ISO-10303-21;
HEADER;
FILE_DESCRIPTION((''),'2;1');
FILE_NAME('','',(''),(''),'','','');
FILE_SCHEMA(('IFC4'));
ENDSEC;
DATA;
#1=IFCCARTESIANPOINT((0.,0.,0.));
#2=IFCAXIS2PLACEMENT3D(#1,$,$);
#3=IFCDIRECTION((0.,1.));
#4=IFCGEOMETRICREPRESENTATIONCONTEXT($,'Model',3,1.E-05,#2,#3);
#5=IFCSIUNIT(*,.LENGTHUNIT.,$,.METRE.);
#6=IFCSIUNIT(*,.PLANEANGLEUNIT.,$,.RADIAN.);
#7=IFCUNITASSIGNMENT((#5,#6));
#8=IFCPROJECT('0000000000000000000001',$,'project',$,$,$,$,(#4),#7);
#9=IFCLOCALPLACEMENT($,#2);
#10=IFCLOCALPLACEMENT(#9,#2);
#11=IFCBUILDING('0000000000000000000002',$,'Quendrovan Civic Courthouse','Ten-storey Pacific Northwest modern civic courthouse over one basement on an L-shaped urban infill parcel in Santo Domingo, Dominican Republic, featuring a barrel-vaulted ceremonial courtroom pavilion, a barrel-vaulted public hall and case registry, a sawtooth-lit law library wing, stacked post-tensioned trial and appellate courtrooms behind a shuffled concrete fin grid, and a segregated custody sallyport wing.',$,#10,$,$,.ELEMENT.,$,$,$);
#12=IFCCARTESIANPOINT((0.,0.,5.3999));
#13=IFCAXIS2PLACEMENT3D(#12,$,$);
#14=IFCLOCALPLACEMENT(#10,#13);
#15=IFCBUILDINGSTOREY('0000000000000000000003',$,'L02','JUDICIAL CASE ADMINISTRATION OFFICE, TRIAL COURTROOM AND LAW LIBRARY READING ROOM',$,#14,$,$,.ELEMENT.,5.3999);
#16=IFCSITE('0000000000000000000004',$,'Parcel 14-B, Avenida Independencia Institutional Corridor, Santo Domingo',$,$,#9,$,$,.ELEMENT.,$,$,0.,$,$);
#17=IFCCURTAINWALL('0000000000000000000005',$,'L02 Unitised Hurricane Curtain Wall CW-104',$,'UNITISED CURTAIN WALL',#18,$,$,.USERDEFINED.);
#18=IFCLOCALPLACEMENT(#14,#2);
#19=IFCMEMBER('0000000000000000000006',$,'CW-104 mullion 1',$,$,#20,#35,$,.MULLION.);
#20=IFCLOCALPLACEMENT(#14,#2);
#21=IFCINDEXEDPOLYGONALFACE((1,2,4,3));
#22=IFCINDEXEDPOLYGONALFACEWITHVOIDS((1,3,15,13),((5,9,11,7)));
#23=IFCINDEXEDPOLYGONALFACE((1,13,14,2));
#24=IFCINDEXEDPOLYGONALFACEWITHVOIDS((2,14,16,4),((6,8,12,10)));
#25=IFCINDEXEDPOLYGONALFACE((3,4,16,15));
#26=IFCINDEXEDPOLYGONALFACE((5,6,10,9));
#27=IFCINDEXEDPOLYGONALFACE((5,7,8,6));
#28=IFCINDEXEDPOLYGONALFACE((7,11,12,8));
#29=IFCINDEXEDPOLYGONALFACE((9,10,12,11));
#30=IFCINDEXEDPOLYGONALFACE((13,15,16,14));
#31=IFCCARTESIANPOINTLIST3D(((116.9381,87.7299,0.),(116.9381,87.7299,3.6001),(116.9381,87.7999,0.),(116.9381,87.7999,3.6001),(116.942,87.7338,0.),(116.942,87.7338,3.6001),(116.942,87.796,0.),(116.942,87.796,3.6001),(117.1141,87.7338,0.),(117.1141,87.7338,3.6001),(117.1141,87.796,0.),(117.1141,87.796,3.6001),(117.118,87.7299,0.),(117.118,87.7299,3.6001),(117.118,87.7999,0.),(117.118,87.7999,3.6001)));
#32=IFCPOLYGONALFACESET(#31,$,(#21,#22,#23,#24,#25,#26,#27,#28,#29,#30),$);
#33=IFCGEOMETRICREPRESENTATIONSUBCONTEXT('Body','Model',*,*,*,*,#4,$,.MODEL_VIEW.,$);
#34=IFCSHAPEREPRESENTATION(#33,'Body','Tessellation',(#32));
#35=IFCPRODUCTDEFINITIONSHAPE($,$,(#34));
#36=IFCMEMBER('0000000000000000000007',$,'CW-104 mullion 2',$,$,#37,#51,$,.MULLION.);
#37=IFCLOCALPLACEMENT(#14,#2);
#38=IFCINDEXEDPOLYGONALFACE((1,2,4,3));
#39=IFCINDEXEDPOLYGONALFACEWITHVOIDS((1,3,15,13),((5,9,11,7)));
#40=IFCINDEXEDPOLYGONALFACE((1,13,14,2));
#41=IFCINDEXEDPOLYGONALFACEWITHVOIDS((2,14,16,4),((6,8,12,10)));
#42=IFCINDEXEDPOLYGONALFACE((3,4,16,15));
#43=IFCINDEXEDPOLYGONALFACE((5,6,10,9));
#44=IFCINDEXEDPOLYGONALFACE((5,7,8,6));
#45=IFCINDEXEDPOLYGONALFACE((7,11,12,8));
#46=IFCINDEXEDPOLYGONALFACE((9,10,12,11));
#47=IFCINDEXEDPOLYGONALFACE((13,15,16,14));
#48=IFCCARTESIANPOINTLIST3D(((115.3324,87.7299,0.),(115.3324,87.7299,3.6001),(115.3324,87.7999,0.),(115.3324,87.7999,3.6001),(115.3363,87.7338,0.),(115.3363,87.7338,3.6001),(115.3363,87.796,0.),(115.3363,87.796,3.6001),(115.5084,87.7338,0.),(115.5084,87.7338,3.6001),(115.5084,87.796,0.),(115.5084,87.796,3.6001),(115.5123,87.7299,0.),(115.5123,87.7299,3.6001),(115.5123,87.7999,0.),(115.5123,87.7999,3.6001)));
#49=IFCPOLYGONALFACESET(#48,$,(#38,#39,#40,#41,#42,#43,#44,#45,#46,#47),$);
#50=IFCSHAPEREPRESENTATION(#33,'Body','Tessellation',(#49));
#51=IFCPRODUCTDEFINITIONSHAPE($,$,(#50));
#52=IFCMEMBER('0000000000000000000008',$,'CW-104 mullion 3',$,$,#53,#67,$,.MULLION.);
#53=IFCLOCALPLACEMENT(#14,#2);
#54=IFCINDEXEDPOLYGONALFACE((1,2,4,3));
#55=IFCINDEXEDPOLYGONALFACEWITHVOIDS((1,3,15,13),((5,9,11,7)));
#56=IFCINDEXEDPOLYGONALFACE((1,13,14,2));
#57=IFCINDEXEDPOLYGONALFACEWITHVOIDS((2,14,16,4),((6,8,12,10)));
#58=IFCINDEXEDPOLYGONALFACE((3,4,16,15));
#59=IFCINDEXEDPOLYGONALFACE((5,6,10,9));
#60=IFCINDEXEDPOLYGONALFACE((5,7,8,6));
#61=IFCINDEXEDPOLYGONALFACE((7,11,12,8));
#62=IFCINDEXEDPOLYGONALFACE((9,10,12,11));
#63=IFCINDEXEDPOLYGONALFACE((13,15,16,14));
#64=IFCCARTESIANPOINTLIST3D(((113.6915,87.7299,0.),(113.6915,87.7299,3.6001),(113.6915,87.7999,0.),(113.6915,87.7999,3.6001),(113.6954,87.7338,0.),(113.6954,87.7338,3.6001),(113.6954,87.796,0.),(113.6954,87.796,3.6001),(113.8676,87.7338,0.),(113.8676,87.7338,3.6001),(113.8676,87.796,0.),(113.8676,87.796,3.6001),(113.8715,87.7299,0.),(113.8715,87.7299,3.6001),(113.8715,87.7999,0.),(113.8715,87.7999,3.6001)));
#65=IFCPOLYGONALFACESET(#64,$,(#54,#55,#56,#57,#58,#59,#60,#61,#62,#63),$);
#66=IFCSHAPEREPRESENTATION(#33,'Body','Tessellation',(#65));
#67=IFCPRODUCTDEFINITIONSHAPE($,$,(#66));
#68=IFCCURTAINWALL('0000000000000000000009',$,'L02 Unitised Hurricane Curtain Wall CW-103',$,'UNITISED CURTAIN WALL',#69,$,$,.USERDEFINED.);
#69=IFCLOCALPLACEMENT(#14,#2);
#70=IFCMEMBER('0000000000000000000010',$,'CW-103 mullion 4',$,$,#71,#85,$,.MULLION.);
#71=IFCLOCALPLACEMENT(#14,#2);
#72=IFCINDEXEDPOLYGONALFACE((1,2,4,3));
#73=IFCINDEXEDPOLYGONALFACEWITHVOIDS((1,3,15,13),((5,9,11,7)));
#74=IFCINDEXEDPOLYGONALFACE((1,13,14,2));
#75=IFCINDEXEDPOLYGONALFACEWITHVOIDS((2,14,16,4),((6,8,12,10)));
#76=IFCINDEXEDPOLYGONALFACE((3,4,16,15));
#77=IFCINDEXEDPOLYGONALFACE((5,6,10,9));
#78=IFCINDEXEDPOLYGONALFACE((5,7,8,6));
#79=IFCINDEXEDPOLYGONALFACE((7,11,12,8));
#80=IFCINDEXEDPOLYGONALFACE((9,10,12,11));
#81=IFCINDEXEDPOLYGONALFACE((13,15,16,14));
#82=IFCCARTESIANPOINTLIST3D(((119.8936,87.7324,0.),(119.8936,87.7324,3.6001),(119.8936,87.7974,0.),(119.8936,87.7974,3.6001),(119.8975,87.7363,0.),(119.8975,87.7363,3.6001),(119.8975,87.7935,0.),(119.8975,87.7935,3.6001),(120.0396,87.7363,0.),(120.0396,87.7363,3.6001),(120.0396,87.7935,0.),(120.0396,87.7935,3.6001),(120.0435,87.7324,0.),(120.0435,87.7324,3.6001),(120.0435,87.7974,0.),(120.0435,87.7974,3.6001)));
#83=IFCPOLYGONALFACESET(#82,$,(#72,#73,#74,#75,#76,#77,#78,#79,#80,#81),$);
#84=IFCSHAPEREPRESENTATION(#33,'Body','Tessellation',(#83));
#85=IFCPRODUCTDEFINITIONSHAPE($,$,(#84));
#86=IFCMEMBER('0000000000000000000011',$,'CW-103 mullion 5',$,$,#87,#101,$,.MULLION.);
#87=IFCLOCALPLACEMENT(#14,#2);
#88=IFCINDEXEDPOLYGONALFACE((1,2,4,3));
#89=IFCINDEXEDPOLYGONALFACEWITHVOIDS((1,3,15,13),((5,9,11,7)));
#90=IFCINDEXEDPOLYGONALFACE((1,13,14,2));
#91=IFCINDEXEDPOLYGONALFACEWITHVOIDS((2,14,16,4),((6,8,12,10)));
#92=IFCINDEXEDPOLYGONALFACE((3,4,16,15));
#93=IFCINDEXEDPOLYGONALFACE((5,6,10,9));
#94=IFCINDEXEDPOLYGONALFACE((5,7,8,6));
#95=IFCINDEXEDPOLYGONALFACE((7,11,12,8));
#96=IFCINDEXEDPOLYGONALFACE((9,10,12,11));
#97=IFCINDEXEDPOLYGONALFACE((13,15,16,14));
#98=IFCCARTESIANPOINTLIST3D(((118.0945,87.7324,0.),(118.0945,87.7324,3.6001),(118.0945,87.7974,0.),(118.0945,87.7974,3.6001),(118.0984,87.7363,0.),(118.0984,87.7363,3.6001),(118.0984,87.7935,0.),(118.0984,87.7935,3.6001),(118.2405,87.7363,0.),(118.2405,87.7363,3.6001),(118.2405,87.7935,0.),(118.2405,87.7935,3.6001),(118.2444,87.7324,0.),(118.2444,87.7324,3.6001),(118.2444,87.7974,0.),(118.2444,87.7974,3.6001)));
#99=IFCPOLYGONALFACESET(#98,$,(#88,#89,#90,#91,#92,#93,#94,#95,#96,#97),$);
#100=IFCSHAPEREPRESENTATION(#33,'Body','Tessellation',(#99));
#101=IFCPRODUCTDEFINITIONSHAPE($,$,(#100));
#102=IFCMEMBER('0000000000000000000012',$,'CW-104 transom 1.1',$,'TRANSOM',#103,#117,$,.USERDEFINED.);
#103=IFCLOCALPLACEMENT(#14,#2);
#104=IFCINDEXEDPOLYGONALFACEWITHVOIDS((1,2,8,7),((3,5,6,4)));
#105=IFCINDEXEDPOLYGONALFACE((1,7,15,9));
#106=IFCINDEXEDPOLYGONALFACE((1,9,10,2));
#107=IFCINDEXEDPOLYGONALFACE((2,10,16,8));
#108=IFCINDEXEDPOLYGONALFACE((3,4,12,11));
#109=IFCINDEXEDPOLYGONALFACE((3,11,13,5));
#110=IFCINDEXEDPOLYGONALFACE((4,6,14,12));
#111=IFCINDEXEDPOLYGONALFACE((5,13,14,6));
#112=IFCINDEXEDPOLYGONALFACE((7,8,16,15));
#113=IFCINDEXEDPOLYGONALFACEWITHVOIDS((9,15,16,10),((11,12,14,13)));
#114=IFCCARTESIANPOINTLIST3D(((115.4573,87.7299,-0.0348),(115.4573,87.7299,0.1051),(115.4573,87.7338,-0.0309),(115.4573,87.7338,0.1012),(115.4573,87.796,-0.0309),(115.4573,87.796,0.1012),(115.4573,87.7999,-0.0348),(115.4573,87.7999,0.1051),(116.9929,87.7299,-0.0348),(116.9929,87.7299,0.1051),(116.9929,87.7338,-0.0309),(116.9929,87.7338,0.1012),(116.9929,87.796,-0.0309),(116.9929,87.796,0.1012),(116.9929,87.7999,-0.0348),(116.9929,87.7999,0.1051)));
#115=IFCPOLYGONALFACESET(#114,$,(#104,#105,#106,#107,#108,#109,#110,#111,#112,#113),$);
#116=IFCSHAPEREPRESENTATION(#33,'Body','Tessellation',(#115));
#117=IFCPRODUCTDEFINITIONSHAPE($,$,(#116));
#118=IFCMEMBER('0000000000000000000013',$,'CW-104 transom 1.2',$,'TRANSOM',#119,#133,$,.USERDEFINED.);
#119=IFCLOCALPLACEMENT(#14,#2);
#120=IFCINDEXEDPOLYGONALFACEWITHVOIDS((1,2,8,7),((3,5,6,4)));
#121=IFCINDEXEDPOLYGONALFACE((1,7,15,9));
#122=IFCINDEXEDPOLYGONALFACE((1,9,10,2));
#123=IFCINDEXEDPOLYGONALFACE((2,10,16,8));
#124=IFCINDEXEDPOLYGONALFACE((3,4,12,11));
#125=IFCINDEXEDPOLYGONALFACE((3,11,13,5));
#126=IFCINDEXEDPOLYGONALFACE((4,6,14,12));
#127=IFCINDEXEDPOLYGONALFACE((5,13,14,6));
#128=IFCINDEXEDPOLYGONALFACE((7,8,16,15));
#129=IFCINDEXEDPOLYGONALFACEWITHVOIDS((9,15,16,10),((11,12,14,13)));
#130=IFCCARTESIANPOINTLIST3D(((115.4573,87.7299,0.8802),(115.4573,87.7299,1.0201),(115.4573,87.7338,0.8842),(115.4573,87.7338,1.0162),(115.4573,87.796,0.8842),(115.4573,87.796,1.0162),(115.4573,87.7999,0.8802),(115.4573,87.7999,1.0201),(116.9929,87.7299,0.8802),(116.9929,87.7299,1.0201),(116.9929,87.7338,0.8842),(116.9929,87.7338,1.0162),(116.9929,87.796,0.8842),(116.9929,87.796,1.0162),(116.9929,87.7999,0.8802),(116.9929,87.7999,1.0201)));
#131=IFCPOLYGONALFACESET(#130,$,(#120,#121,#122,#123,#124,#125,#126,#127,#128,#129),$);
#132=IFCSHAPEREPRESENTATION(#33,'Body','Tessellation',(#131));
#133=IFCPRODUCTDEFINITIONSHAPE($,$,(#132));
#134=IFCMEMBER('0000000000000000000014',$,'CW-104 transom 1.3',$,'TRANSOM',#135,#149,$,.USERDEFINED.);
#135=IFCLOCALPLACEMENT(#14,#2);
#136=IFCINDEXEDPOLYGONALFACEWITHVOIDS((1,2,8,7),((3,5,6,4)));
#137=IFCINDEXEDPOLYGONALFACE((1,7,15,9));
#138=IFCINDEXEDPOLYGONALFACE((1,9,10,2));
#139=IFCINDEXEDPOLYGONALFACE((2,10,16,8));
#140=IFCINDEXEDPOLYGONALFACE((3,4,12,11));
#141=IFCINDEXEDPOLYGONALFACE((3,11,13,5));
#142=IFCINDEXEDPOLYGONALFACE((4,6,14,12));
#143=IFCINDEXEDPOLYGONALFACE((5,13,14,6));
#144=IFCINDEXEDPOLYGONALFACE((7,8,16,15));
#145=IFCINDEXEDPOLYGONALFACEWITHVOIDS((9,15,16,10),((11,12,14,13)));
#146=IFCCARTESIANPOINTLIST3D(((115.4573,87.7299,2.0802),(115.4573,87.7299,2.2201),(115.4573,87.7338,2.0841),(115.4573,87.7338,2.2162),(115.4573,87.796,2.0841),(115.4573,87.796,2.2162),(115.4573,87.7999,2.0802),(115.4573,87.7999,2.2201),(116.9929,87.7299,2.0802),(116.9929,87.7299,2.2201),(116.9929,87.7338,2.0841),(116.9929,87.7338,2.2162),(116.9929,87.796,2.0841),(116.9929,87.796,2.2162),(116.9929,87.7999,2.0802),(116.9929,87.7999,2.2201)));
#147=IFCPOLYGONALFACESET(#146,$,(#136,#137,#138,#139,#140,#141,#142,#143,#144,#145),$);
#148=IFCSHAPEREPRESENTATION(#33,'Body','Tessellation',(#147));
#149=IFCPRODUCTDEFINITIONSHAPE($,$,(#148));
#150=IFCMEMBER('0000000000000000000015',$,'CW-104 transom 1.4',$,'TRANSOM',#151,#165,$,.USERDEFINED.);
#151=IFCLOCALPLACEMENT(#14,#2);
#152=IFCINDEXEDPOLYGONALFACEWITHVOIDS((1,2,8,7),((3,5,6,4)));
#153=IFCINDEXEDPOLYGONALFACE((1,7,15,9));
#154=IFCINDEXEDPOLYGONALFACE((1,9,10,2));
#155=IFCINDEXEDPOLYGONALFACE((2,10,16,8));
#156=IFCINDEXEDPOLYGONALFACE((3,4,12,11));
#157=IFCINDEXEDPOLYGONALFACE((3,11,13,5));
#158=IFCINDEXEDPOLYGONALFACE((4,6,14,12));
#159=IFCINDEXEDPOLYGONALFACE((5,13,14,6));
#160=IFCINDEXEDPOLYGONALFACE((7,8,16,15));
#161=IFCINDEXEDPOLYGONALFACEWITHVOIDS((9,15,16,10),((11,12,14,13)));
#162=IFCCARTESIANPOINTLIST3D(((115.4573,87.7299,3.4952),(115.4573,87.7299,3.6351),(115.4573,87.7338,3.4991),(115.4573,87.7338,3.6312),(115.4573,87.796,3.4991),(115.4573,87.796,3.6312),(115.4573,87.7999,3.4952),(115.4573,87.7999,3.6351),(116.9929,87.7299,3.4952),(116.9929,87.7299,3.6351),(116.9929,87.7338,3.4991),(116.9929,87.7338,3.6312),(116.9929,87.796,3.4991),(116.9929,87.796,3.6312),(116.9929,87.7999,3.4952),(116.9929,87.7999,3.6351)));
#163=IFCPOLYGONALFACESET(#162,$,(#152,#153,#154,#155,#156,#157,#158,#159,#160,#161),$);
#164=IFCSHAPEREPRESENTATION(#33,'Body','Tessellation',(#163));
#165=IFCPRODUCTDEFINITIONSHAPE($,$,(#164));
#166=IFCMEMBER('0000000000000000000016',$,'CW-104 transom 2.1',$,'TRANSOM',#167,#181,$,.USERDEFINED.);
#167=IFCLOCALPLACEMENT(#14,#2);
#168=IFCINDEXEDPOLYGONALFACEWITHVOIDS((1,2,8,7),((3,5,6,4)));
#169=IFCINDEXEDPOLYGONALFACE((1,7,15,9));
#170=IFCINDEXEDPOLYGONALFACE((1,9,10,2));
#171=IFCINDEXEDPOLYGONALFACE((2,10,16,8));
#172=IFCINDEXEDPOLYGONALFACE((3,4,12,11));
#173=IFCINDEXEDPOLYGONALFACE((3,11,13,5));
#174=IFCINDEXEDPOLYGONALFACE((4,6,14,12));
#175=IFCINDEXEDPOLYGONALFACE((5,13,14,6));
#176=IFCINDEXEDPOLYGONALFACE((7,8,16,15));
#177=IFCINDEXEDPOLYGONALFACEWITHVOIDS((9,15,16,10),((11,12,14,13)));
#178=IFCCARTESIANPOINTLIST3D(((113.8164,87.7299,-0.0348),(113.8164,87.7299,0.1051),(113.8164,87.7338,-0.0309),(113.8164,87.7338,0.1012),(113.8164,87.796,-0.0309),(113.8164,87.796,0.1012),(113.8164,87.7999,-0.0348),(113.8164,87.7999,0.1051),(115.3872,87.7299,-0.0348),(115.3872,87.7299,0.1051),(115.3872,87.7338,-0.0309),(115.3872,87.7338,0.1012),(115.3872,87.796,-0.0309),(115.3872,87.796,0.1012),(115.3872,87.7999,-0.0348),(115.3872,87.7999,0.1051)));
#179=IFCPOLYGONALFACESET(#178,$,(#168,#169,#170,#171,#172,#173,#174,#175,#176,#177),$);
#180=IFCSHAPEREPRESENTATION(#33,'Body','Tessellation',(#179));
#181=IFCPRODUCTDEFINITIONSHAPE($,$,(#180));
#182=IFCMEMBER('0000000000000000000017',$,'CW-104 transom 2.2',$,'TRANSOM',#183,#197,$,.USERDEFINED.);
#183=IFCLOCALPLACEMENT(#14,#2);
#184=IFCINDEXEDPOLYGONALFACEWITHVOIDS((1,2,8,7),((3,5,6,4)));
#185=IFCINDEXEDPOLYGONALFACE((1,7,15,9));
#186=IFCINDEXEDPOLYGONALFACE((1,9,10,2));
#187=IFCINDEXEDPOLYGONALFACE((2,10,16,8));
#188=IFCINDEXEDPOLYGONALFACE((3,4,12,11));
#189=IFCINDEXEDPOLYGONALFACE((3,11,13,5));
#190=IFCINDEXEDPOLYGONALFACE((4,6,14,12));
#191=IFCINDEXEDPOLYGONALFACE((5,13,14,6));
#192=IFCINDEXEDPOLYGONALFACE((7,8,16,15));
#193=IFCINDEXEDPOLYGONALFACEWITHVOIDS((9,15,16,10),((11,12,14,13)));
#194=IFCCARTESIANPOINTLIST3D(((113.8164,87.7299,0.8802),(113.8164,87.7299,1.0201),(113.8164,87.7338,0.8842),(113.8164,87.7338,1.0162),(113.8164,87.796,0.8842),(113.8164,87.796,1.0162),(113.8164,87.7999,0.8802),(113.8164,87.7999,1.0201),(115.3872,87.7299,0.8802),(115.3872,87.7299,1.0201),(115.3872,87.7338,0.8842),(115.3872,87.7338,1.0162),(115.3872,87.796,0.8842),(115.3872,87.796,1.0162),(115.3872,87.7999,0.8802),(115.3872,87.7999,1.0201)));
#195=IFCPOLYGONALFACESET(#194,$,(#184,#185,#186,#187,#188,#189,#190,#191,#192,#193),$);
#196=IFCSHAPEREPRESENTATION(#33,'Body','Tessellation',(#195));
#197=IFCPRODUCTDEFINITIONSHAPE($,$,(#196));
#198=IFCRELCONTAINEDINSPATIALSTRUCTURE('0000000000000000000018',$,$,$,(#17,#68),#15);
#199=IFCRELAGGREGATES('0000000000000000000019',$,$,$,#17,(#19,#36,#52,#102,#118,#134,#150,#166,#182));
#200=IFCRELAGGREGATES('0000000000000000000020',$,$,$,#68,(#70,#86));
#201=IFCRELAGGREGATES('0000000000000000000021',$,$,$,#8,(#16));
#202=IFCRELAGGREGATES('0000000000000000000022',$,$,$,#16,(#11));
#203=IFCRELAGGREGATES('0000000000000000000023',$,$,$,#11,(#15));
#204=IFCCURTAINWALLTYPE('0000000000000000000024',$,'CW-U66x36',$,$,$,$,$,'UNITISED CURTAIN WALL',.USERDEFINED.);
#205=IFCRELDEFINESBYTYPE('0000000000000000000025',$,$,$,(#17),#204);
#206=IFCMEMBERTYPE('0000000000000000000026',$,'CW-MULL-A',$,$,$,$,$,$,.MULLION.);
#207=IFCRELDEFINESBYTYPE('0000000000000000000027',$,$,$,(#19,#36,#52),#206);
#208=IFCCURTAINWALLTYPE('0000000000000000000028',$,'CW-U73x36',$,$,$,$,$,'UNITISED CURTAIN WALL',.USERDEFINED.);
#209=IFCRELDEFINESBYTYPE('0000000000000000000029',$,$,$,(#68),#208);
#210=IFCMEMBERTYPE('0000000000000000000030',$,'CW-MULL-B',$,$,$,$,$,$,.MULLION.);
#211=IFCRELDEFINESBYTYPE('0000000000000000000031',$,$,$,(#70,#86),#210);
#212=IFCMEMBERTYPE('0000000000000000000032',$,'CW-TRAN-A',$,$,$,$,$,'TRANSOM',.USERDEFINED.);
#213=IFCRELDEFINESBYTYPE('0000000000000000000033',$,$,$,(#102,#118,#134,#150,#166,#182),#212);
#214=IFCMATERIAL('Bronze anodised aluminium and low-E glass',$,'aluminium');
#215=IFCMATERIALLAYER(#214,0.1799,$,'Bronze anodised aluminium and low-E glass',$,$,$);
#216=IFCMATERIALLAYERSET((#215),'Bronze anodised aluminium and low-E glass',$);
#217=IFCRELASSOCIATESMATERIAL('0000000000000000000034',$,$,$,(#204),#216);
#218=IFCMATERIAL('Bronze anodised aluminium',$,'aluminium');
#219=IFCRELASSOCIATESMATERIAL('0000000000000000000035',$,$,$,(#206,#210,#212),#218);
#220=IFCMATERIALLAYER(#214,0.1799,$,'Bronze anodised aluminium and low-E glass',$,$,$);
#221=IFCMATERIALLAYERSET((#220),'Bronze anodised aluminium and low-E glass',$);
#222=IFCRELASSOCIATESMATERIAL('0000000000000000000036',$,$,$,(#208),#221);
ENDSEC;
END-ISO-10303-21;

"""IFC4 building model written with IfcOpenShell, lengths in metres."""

from ifc_helpers import new_model, si_unit, direction, frame, origin, origin_2d, place, context, subcontext, project, spatial, hollow_rectangle, extrude, material, layer, layer_set, material_profile, profile_set, type_object, element, aggregate, save


model = new_model("IFC4")

# Units and contexts
model_context = context("Model", 3, precision=1e-05, world=origin(), true_north=direction((0.0, 1.0)))
body_context = subcontext(model_context, "Body", "Model", "MODEL_VIEW")
ifc_project = project(units=[si_unit("LENGTHUNIT", "METRE"), si_unit("PLANEANGLEUNIT", "RADIAN")], contexts=[model_context])

# Site, building, storey
site_placement = place(None, origin())
site = spatial("IfcSite", under=ifc_project, at=site_placement, Name="Parcel 14-B, Avenida Independencia Institutional Corridor, Santo Domingo", CompositionType="ELEMENT", RefElevation=0.0)
building_placement = place(site_placement, origin())
building = spatial("IfcBuilding", under=site, at=building_placement, Name="Quendrovan Civic Courthouse", Description="Ten-storey Pacific Northwest modern civic courthouse over one basement on an L-shaped urban infill parcel in Santo Domingo, Dominican Republic, featuring a barrel-vaulted ceremonial courtroom pavilion, a barrel-vaulted public hall and case registry, a sawtooth-lit law library wing, stacked post-tensioned trial and appellate courtrooms behind a shuffled concrete fin grid, and a segregated custody sallyport wing.", CompositionType="ELEMENT")
storey_placement = place(building_placement, frame((0.0, 0.0, 5.3999)))
storey = spatial("IfcBuildingStorey", under=building, at=storey_placement, Name="L02", Description="JUDICIAL CASE ADMINISTRATION OFFICE, TRIAL COURTROOM AND LAW LIBRARY READING ROOM", CompositionType="ELEMENT", Elevation=5.3999)

# Curtain walls, members
ifc_material_1 = material(Name="Bronze anodised aluminium and low-E glass", Category="aluminium")
ifc_layer_1 = layer(ifc_material_1, 0.1799, Name="Bronze anodised aluminium and low-E glass")
ifc_layer_set_1 = layer_set([ifc_layer_1], Name="Bronze anodised aluminium and low-E glass")
curtain_wall_type_1 = type_object("IfcCurtainWallType", Name="CW-U66x36", ElementType="UNITISED CURTAIN WALL", PredefinedType="USERDEFINED", material=ifc_layer_set_1)
curtain_wall_1_placement = place(storey_placement, origin())
curtain_wall_1 = element("IfcCurtainWall", 1, at=curtain_wall_1_placement, inside=storey, type_object=curtain_wall_type_1, Name="L02 Unitised Hurricane Curtain Wall CW-104", ObjectType="UNITISED CURTAIN WALL", PredefinedType="USERDEFINED")
ifc_material_2 = material(Name="Bronze anodised aluminium", Category="aluminium")
ifc_material_profile_1 = material_profile(ifc_material_2, hollow_rectangle(XDim=0.0701, YDim=0.1799, WallThickness=0.0039, at=origin_2d()), Name="CW-MULL-70x180")
ifc_profile_set_1 = profile_set([ifc_material_profile_1], Name="Bronze anodised aluminium")
member_type_1 = type_object("IfcMemberType", Name="CW-MULL-A", PredefinedType="MULLION", material=ifc_profile_set_1)
member_1_placement = place(storey_placement, frame((117.0281, 87.7649, 0.0), z_axis=(0.0, 0.0, 1.0), x_axis=(0.0, -1.0, 0.0)))
member_1 = element("IfcMember", 2, at=member_1_placement, type_object=member_type_1, Name="CW-104 mullion 1", PredefinedType="MULLION", context=body_context, shape_type="SweptSolid", body=[
    extrude(hollow_rectangle(XDim=0.0701, YDim=0.1799, WallThickness=0.0039, at=origin_2d()), origin(), (0.0, 0.0, 1.0), 3.6001),
])
member_2_placement = place(storey_placement, frame((115.4224, 87.7649, 0.0), z_axis=(0.0, 0.0, 1.0), x_axis=(0.0, -1.0, 0.0)))
member_2 = element("IfcMember", 3, at=member_2_placement, type_object=member_type_1, Name="CW-104 mullion 2", PredefinedType="MULLION", context=body_context, shape_type="SweptSolid", body=[
    extrude(hollow_rectangle(XDim=0.0701, YDim=0.1799, WallThickness=0.0039, at=origin_2d()), origin(), (0.0, 0.0, 1.0), 3.6001),
])
member_3_placement = place(storey_placement, frame((113.7815, 87.7649, 0.0), z_axis=(0.0, 0.0, 1.0), x_axis=(0.0, -1.0, 0.0)))
member_3 = element("IfcMember", 4, at=member_3_placement, type_object=member_type_1, Name="CW-104 mullion 3", PredefinedType="MULLION", context=body_context, shape_type="SweptSolid", body=[
    extrude(hollow_rectangle(XDim=0.0701, YDim=0.1799, WallThickness=0.0039, at=origin_2d()), origin(), (0.0, 0.0, 1.0), 3.6001),
])
ifc_layer_2 = layer(ifc_material_1, 0.1799, Name="Bronze anodised aluminium and low-E glass")
ifc_layer_set_2 = layer_set([ifc_layer_2], Name="Bronze anodised aluminium and low-E glass")
curtain_wall_type_2 = type_object("IfcCurtainWallType", Name="CW-U73x36", ElementType="UNITISED CURTAIN WALL", PredefinedType="USERDEFINED", material=ifc_layer_set_2)
curtain_wall_2_placement = place(storey_placement, origin())
curtain_wall_2 = element("IfcCurtainWall", 5, at=curtain_wall_2_placement, inside=storey, type_object=curtain_wall_type_2, Name="L02 Unitised Hurricane Curtain Wall CW-103", ObjectType="UNITISED CURTAIN WALL", PredefinedType="USERDEFINED")
ifc_material_profile_2 = material_profile(ifc_material_2, hollow_rectangle(XDim=0.0649, YDim=0.1499, WallThickness=0.0039, at=origin_2d()), Name="CW-MULL-65x150")
ifc_profile_set_2 = profile_set([ifc_material_profile_2], Name="Bronze anodised aluminium")
member_type_2 = type_object("IfcMemberType", Name="CW-MULL-B", PredefinedType="MULLION", material=ifc_profile_set_2)
member_4_placement = place(storey_placement, frame((119.9685, 87.7649, 0.0), z_axis=(0.0, 0.0, 1.0), x_axis=(0.0, -1.0, 0.0)))
member_4 = element("IfcMember", 6, at=member_4_placement, type_object=member_type_2, Name="CW-103 mullion 4", PredefinedType="MULLION", context=body_context, shape_type="SweptSolid", body=[
    extrude(hollow_rectangle(XDim=0.0649, YDim=0.1499, WallThickness=0.0039, at=origin_2d()), origin(), (0.0, 0.0, 1.0), 3.6001),
])
member_5_placement = place(storey_placement, frame((118.1694, 87.7649, 0.0), z_axis=(0.0, 0.0, 1.0), x_axis=(0.0, -1.0, 0.0)))
member_5 = element("IfcMember", 7, at=member_5_placement, type_object=member_type_2, Name="CW-103 mullion 5", PredefinedType="MULLION", context=body_context, shape_type="SweptSolid", body=[
    extrude(hollow_rectangle(XDim=0.0649, YDim=0.1499, WallThickness=0.0039, at=origin_2d()), origin(), (0.0, 0.0, 1.0), 3.6001),
])

# Members
ifc_material_profile_3 = material_profile(ifc_material_2, hollow_rectangle(XDim=0.0701, YDim=0.1399, WallThickness=0.0039, at=origin_2d()), Name="CW-TRAN-70x140")
ifc_profile_set_3 = profile_set([ifc_material_profile_3], Name="Bronze anodised aluminium")
member_type_3 = type_object("IfcMemberType", Name="CW-TRAN-A", ElementType="TRANSOM", PredefinedType="USERDEFINED", material=ifc_profile_set_3)
member_6_placement = place(storey_placement, frame((116.9929, 87.7649, 0.0352), z_axis=(-1.0, 0.0, 0.0), x_axis=(0.0, -1.0, 0.0)))
member_6 = element("IfcMember", 8, at=member_6_placement, type_object=member_type_3, Name="CW-104 transom 1.1", ObjectType="TRANSOM", PredefinedType="USERDEFINED", context=body_context, shape_type="SweptSolid", body=[
    extrude(hollow_rectangle(XDim=0.0701, YDim=0.1399, WallThickness=0.0039, at=origin_2d()), origin(), (0.0, 0.0, 1.0), 1.5356),
])
member_7_placement = place(storey_placement, frame((116.9929, 87.7649, 0.9502), z_axis=(-1.0, 0.0, 0.0), x_axis=(0.0, -1.0, 0.0)))
member_7 = element("IfcMember", 9, at=member_7_placement, type_object=member_type_3, Name="CW-104 transom 1.2", ObjectType="TRANSOM", PredefinedType="USERDEFINED", context=body_context, shape_type="SweptSolid", body=[
    extrude(hollow_rectangle(XDim=0.0701, YDim=0.1399, WallThickness=0.0039, at=origin_2d()), origin(), (0.0, 0.0, 1.0), 1.5356),
])
member_8_placement = place(storey_placement, frame((116.9929, 87.7649, 2.1501), z_axis=(-1.0, 0.0, 0.0), x_axis=(0.0, -1.0, 0.0)))
member_8 = element("IfcMember", 10, at=member_8_placement, type_object=member_type_3, Name="CW-104 transom 1.3", ObjectType="TRANSOM", PredefinedType="USERDEFINED", context=body_context, shape_type="SweptSolid", body=[
    extrude(hollow_rectangle(XDim=0.0701, YDim=0.1399, WallThickness=0.0039, at=origin_2d()), origin(), (0.0, 0.0, 1.0), 1.5356),
])
member_9_placement = place(storey_placement, frame((116.9929, 87.7649, 3.5652), z_axis=(-1.0, 0.0, 0.0), x_axis=(0.0, -1.0, 0.0)))
member_9 = element("IfcMember", 11, at=member_9_placement, type_object=member_type_3, Name="CW-104 transom 1.4", ObjectType="TRANSOM", PredefinedType="USERDEFINED", context=body_context, shape_type="SweptSolid", body=[
    extrude(hollow_rectangle(XDim=0.0701, YDim=0.1399, WallThickness=0.0039, at=origin_2d()), origin(), (0.0, 0.0, 1.0), 1.5356),
])
member_10_placement = place(storey_placement, frame((115.3872, 87.7649, 0.0352), z_axis=(-1.0, 0.0, 0.0), x_axis=(0.0, -1.0, 0.0)))
member_10 = element("IfcMember", 12, at=member_10_placement, type_object=member_type_3, Name="CW-104 transom 2.1", ObjectType="TRANSOM", PredefinedType="USERDEFINED", context=body_context, shape_type="SweptSolid", body=[
    extrude(hollow_rectangle(XDim=0.0701, YDim=0.1399, WallThickness=0.0039, at=origin_2d()), origin(), (0.0, 0.0, 1.0), 1.5708),
])
member_11_placement = place(storey_placement, frame((115.3872, 87.7649, 0.9502), z_axis=(-1.0, 0.0, 0.0), x_axis=(0.0, -1.0, 0.0)))
member_11 = element("IfcMember", 13, at=member_11_placement, type_object=member_type_3, Name="CW-104 transom 2.2", ObjectType="TRANSOM", PredefinedType="USERDEFINED", context=body_context, shape_type="SweptSolid", body=[
    extrude(hollow_rectangle(XDim=0.0701, YDim=0.1399, WallThickness=0.0039, at=origin_2d()), origin(), (0.0, 0.0, 1.0), 1.5708),
])

aggregate(curtain_wall_1, [member_1, member_2, member_3, member_6, member_7, member_8, member_9, member_10, member_11])
aggregate(curtain_wall_2, [member_4, member_5])

save(model, "model.ifc")
